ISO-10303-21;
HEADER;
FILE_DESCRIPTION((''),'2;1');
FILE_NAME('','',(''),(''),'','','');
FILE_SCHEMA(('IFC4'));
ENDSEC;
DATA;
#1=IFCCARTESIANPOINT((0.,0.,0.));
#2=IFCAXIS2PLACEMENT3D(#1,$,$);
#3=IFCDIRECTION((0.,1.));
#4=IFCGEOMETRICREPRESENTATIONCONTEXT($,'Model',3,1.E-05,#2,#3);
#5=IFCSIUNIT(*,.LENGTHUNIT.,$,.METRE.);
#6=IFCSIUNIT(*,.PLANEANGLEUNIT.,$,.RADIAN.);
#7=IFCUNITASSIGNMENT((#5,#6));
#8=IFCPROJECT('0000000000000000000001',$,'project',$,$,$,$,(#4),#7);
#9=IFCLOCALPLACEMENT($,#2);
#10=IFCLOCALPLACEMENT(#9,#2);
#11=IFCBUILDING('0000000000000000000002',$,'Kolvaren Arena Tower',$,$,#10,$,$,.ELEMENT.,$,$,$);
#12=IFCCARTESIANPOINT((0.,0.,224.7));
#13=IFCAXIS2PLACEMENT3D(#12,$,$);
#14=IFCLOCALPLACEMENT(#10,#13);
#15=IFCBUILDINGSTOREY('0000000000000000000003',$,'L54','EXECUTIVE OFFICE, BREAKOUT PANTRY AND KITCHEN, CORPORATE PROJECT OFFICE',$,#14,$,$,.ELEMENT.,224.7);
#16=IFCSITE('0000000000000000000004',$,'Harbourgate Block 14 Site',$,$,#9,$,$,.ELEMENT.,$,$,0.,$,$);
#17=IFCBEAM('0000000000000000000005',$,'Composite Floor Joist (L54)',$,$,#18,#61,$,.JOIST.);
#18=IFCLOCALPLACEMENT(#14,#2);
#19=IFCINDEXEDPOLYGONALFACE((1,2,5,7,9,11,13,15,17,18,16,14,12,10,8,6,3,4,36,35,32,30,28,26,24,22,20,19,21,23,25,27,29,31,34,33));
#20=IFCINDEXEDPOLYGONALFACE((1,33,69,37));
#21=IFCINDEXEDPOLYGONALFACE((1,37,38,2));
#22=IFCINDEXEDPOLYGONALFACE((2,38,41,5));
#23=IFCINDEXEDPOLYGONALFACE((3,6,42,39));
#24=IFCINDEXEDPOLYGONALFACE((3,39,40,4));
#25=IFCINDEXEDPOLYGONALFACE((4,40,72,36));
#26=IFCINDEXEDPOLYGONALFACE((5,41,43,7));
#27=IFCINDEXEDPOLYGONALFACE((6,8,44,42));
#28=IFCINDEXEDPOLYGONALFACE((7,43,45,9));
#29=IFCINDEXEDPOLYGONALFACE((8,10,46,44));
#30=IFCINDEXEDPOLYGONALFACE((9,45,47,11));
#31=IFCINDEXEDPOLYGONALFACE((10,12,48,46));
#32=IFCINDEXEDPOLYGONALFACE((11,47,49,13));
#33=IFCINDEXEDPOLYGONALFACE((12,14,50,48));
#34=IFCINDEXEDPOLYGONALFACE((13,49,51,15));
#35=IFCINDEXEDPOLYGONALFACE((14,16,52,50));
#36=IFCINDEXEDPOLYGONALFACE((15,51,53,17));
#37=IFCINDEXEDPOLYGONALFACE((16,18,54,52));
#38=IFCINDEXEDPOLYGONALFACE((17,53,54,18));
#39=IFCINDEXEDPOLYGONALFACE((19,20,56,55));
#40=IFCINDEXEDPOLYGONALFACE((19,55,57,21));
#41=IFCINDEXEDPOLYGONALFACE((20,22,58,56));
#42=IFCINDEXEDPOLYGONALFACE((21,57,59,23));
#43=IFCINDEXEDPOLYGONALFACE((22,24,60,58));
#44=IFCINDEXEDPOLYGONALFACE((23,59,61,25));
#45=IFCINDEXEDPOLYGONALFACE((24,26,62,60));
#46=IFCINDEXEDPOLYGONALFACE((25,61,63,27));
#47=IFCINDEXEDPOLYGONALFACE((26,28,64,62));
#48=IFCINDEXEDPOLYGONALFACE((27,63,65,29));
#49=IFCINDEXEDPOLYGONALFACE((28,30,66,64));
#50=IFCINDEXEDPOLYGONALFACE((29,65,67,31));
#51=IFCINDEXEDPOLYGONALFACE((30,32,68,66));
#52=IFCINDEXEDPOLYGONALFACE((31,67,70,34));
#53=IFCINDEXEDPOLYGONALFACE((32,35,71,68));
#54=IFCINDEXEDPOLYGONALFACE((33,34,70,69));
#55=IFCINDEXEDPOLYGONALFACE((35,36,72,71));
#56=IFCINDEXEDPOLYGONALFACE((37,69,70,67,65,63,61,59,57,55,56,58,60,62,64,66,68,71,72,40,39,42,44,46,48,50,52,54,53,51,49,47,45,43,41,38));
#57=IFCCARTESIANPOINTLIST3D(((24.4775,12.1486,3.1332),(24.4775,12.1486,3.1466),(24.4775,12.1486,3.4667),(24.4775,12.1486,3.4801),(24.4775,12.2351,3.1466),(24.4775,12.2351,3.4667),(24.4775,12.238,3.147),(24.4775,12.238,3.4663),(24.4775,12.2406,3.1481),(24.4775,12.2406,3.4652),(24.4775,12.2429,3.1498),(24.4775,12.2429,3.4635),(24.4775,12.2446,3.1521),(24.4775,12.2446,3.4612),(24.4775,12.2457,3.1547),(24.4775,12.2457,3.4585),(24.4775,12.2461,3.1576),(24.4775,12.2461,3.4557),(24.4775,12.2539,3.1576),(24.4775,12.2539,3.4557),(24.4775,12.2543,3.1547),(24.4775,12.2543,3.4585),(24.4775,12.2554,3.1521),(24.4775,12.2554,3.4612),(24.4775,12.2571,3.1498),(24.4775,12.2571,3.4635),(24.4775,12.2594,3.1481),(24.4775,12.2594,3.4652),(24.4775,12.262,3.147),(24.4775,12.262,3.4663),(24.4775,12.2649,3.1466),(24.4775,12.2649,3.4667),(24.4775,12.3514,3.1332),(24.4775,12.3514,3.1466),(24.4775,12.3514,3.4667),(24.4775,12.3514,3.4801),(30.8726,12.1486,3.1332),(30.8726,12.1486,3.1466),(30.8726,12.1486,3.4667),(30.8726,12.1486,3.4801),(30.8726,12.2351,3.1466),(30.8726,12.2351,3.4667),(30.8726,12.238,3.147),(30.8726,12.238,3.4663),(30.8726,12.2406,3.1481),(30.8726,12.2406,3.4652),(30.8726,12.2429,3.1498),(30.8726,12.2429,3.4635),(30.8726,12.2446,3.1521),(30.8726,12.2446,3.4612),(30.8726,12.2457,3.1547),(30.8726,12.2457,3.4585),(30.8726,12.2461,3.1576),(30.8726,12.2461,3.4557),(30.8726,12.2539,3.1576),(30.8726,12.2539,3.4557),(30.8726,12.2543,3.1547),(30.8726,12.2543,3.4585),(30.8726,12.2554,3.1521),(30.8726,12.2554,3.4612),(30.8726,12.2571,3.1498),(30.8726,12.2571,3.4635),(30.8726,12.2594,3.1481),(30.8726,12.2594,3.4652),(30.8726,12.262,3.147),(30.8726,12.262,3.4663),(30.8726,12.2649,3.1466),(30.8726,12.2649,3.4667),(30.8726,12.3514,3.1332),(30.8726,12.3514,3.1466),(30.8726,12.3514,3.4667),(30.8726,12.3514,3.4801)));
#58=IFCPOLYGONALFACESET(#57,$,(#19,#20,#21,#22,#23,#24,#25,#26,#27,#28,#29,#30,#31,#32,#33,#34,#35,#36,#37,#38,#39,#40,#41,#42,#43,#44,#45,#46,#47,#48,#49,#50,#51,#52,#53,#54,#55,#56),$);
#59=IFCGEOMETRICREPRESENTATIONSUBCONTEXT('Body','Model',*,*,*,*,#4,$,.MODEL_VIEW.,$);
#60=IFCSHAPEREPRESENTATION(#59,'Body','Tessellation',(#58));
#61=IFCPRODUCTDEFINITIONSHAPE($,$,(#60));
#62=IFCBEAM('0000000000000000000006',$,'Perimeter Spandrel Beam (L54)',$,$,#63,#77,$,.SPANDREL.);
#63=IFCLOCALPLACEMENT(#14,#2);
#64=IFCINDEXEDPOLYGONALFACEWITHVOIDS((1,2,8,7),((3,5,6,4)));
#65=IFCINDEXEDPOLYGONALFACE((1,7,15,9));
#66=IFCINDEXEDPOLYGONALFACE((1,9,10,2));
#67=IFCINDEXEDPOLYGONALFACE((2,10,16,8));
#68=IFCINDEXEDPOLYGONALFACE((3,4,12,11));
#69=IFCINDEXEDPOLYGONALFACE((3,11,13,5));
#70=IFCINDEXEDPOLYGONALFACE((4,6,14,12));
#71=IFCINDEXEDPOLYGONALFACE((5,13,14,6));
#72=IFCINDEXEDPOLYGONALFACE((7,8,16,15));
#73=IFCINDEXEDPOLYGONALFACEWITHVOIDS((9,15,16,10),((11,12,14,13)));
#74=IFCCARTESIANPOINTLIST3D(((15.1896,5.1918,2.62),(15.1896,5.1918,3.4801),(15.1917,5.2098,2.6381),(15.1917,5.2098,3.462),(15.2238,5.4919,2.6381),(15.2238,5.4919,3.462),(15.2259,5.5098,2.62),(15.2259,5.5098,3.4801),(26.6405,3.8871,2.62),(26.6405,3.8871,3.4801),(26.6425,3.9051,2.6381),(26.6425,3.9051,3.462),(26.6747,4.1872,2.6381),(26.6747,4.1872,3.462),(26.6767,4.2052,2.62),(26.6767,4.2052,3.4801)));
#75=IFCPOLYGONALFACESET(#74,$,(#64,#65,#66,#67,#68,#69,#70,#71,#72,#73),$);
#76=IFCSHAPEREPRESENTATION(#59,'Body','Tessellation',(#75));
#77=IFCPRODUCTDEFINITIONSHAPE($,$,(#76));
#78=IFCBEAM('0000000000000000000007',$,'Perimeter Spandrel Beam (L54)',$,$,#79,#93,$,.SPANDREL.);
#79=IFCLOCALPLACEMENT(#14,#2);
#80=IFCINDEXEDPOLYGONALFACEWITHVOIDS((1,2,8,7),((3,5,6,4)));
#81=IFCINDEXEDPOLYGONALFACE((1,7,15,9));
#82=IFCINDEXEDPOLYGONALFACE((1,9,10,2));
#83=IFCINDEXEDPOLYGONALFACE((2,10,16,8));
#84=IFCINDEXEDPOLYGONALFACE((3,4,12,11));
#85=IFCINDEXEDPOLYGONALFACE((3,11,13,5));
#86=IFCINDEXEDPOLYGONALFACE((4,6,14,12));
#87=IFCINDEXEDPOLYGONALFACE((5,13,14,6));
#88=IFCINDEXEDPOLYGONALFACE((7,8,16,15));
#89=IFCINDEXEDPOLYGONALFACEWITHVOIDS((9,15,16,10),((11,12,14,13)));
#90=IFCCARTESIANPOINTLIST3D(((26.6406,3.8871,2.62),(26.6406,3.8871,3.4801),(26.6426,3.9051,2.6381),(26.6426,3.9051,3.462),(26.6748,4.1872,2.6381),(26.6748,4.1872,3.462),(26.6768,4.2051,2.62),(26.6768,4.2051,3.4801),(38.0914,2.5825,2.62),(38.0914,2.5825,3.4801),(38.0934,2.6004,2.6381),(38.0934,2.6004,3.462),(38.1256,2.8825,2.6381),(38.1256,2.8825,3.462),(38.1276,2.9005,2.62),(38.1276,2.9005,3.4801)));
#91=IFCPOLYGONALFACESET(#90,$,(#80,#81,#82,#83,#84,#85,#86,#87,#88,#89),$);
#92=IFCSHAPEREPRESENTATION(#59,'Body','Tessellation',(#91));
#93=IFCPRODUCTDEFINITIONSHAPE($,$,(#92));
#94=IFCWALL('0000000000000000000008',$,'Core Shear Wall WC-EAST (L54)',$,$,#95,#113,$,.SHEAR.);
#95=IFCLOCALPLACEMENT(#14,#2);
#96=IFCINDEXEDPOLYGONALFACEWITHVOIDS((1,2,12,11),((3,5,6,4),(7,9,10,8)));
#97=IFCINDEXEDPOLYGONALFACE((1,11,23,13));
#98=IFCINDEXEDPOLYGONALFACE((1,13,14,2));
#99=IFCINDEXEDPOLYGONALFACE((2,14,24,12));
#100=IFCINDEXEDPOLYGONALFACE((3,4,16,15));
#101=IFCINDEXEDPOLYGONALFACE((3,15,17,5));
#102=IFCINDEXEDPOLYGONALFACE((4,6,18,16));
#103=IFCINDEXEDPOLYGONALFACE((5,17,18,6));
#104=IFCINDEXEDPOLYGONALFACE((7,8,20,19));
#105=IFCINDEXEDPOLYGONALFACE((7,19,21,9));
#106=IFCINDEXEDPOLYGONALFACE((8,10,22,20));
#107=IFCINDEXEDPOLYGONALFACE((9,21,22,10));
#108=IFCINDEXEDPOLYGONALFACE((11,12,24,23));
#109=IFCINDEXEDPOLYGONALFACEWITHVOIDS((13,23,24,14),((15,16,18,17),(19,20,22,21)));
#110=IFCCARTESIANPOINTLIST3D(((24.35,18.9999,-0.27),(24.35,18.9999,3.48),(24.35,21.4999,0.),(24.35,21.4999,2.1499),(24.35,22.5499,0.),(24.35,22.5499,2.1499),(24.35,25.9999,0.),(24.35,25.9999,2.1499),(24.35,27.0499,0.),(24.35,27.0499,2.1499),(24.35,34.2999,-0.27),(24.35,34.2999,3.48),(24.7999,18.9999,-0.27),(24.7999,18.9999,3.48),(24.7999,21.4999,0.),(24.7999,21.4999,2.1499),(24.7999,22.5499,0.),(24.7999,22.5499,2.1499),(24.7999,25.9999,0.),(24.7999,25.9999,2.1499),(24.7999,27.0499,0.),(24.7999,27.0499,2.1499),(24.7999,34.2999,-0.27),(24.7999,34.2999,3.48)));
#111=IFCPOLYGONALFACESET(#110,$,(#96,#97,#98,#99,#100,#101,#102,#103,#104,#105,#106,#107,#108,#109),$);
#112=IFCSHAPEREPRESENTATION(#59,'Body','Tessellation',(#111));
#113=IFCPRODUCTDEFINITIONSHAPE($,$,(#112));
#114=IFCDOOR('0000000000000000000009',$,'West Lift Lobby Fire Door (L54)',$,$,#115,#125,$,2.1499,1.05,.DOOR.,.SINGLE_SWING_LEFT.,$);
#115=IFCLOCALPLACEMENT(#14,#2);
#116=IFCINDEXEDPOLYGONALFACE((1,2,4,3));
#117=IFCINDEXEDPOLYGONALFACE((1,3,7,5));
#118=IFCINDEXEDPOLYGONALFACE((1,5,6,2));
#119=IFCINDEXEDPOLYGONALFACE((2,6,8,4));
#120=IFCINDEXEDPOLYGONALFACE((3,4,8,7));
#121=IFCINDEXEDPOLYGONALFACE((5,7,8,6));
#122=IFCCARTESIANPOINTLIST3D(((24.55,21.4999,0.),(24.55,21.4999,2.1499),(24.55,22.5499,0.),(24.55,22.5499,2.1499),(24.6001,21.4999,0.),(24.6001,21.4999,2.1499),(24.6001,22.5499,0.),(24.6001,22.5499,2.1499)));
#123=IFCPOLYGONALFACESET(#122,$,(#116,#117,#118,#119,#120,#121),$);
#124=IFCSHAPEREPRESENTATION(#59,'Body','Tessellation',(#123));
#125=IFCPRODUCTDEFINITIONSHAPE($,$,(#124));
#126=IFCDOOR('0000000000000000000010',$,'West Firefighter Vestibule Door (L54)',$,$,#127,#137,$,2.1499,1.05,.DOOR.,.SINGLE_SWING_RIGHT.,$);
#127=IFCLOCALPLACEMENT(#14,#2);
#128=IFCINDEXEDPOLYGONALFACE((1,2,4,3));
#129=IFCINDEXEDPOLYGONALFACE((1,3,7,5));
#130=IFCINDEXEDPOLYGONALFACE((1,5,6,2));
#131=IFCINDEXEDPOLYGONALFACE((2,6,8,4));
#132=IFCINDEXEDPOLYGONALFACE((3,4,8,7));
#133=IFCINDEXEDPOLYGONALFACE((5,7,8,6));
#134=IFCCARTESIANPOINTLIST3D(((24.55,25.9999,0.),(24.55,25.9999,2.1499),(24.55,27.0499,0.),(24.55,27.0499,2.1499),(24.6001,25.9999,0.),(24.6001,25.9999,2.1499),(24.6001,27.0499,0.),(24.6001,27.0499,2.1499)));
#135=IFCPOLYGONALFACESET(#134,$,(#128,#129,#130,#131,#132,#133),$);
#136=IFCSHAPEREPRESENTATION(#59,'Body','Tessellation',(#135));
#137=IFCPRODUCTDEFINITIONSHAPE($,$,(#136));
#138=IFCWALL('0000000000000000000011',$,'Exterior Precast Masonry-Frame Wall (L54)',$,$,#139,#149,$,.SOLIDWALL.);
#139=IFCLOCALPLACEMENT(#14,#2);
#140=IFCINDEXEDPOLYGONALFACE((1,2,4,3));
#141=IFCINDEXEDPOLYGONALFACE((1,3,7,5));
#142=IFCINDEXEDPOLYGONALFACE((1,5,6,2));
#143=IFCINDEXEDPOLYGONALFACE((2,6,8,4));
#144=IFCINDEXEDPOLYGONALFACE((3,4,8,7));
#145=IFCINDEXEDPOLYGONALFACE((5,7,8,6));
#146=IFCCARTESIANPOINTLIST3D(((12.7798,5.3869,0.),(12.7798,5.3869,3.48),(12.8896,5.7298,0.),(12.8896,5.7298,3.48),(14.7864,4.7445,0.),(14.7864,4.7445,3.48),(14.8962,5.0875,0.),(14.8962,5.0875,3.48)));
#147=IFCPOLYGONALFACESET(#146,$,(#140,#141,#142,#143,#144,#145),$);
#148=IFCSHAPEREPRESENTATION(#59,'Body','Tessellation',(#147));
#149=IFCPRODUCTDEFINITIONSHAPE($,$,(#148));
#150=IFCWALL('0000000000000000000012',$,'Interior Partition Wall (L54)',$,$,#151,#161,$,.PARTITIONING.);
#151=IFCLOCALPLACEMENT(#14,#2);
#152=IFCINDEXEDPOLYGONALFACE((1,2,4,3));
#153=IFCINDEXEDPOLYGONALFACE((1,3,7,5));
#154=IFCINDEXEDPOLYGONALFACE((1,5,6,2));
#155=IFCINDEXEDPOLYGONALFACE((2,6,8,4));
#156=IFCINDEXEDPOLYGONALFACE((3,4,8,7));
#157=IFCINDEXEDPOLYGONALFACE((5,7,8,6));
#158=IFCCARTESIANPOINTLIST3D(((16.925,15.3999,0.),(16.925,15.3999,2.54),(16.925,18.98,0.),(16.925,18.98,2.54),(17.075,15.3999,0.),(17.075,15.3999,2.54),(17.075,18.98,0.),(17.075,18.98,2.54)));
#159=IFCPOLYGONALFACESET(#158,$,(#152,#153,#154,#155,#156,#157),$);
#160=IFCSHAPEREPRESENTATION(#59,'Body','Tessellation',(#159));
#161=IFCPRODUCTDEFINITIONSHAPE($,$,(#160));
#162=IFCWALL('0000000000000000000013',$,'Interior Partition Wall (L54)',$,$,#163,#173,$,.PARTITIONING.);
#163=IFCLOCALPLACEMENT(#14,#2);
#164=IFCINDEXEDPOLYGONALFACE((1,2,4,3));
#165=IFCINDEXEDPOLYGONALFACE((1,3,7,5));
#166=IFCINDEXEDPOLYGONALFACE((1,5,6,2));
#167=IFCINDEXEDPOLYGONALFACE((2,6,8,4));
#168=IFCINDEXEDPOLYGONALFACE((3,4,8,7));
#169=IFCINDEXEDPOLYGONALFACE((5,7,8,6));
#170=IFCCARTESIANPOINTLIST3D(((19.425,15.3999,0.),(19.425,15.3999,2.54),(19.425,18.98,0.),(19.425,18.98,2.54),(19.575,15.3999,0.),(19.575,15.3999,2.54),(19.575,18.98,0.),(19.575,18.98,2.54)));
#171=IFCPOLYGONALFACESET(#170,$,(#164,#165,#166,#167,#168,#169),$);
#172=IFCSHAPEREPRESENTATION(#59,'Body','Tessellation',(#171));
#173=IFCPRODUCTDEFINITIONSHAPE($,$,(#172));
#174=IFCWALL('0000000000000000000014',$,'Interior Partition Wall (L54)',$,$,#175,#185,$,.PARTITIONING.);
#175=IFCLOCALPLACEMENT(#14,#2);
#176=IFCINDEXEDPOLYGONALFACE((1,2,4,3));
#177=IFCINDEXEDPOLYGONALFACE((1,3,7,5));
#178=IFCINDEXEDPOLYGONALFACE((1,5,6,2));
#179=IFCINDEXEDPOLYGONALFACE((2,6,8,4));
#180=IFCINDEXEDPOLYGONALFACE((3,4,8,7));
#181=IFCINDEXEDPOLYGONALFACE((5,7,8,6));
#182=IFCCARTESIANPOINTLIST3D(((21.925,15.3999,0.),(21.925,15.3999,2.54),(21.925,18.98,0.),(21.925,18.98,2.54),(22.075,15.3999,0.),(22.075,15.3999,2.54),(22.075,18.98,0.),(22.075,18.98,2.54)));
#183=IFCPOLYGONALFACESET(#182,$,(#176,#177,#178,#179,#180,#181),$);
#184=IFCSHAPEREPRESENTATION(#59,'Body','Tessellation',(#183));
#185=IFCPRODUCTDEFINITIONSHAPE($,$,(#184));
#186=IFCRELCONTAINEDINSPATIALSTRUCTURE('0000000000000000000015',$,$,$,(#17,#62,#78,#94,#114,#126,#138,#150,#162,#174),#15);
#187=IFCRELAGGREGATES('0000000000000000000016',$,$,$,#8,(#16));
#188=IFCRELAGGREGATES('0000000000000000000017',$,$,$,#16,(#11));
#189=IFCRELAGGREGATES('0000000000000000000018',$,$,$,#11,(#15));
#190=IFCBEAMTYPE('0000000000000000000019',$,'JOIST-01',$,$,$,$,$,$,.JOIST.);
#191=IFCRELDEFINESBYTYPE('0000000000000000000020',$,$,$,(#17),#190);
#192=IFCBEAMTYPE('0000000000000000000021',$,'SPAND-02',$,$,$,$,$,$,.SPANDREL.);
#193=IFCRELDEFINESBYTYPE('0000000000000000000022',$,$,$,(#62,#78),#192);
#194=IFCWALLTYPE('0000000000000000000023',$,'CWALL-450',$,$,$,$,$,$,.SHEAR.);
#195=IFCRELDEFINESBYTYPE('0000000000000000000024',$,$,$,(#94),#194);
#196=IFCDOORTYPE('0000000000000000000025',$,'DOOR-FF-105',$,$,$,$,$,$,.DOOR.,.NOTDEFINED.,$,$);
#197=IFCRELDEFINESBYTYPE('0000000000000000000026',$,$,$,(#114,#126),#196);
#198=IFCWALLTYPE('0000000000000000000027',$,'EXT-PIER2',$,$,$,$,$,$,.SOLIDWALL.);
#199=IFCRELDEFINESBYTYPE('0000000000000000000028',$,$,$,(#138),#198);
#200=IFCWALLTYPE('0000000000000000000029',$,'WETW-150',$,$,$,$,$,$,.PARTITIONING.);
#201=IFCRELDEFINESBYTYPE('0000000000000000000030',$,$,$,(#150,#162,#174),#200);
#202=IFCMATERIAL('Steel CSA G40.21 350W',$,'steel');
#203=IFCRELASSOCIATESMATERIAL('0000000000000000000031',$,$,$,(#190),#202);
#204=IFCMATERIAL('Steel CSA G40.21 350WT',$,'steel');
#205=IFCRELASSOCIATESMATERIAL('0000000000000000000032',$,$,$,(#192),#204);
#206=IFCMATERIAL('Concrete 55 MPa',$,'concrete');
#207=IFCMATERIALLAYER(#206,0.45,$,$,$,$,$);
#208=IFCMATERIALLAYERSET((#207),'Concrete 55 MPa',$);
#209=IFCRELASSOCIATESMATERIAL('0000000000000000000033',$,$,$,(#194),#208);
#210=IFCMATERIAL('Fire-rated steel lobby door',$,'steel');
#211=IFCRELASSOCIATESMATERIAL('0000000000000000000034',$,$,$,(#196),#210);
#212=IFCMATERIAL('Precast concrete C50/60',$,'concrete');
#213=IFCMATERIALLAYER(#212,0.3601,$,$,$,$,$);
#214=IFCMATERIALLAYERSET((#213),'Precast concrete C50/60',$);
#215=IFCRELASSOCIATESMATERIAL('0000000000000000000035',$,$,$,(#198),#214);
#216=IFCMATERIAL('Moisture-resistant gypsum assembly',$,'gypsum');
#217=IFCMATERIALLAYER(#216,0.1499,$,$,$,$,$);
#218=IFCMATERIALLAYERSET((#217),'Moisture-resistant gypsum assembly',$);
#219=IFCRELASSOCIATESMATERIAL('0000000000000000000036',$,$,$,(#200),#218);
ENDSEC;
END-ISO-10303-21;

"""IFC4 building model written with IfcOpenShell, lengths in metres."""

from ifc_helpers import new_model, si_unit, direction, frame, frame_2d, origin, origin_2d, place, context, subcontext, project, spatial, rectangle, hollow_rectangle, i_section, extrude, material, layer, layer_set, material_profile, profile_set, type_object, element, fill, save


model = new_model("IFC4")

# Units and contexts
model_context = context("Model", 3, precision=1e-05, world=origin(), true_north=direction((0.0, 1.0)))
body_context = subcontext(model_context, "Body", "Model", "MODEL_VIEW")
ifc_project = project(units=[si_unit("LENGTHUNIT", "METRE"), si_unit("PLANEANGLEUNIT", "RADIAN")], contexts=[model_context])

# Site, building, storey
site_placement = place(None, origin())
site = spatial("IfcSite", under=ifc_project, at=site_placement, Name="Harbourgate Block 14 Site", CompositionType="ELEMENT", RefElevation=0.0)
building_placement = place(site_placement, origin())
building = spatial("IfcBuilding", under=site, at=building_placement, Name="Kolvaren Arena Tower", CompositionType="ELEMENT")
storey_placement = place(building_placement, frame((0.0, 0.0, 224.7)))
storey = spatial("IfcBuildingStorey", under=building, at=storey_placement, Name="L54", Description="EXECUTIVE OFFICE, BREAKOUT PANTRY AND KITCHEN, CORPORATE PROJECT OFFICE", CompositionType="ELEMENT", Elevation=224.7)

# Beams
ifc_material_1 = material(Name="Steel CSA G40.21 350W", Category="steel")
ifc_material_profile_1 = material_profile(ifc_material_1, i_section(OverallWidth=0.2029, OverallDepth=0.3469, WebThickness=0.0078, FlangeThickness=0.0134, FilletRadius=0.011, at=origin_2d()), Name="W360x64")
ifc_profile_set_1 = profile_set([ifc_material_profile_1], Name="Steel CSA G40.21 350W")
beam_type_1 = type_object("IfcBeamType", Name="JOIST-01", PredefinedType="JOIST", material=ifc_profile_set_1)
for number, where, z_axis, x_axis, name in (
    (1, (24.4775, 12.25, 3.3066), (1.0, 0.0, 0.0), (0.0, 1.0, 0.0), "Composite Floor Joist (L54)"),
):
    element("IfcBeam", number, at=place(storey_placement, frame(where, z_axis=z_axis, x_axis=x_axis)), inside=storey, type_object=beam_type_1, Name=name, PredefinedType="JOIST", context=body_context, shape_type="SweptSolid", body=[
        extrude(i_section(OverallWidth=0.2029, OverallDepth=0.3469, WebThickness=0.0078, FlangeThickness=0.0134, FilletRadius=0.011, at=origin_2d()), origin(), (0.0, 0.0, 1.0), 6.395),
    ])
ifc_material_2 = material(Name="Steel CSA G40.21 350WT", Category="steel")
ifc_material_profile_2 = material_profile(ifc_material_2, hollow_rectangle(XDim=0.3201, YDim=0.8601, WallThickness=0.0181, at=origin_2d()), Name="HSS 860x320x18")
ifc_profile_set_2 = profile_set([ifc_material_profile_2], Name="Steel CSA G40.21 350WT")
beam_type_2 = type_object("IfcBeamType", Name="SPAND-02", PredefinedType="SPANDREL", material=ifc_profile_set_2)
for number, where, z_axis, x_axis, name in (
    (2, (15.2078, 5.3508, 3.05), (0.993572, -0.113205, 0.0), (0.113205, 0.993572, 0.0), "Perimeter Spandrel Beam (L54)"),
    (3, (26.6587, 4.0461, 3.05), (0.993572, -0.113205, 0.0), (0.113205, 0.993572, 0.0), "Perimeter Spandrel Beam (L54)"),
):
    element("IfcBeam", number, at=place(storey_placement, frame(where, z_axis=z_axis, x_axis=x_axis)), inside=storey, type_object=beam_type_2, Name=name, PredefinedType="SPANDREL", context=body_context, shape_type="SweptSolid", body=[
        extrude(hollow_rectangle(XDim=0.3201, YDim=0.8601, WallThickness=0.0181, at=origin_2d()), origin(), (0.0, 0.0, 1.0), 11.5249),
    ])

# Wall, openings, doors
ifc_material_3 = material(Name="Concrete 55 MPa", Category="concrete")
ifc_layer_1 = layer(ifc_material_3, 0.45)
ifc_layer_set_1 = layer_set([ifc_layer_1], Name="Concrete 55 MPa")
wall_type_1 = type_object("IfcWallType", Name="CWALL-450", PredefinedType="SHEAR", material=ifc_layer_set_1)
wall_1_placement = place(storey_placement, frame((24.575, 19.0, -0.27), z_axis=(0.0, 0.0, 1.0), x_axis=(0.0, 1.0, 0.0)))
wall_1 = element("IfcWall", 4, at=wall_1_placement, inside=storey, type_object=wall_type_1, Name="Core Shear Wall WC-EAST (L54)", PredefinedType="SHEAR", context=body_context, shape_type="SweptSolid", body=[
    extrude(rectangle(XDim=15.3, YDim=0.45, at=frame_2d((7.6499, 0.0))), origin(), (0.0, 0.0, 1.0), 3.75),
])
opening_1_placement = place(wall_1_placement, frame((2.5, 0.0, 0.27)))
opening_1 = element("IfcOpeningElement", 5, at=opening_1_placement, cuts=wall_1, PredefinedType="OPENING", context=body_context, shape_type="SweptSolid", body=[
    extrude(rectangle(XDim=1.05, YDim=2.1499, at=frame_2d((0.5249, 1.075))), frame((0.0, 0.2349, 0.0), z_axis=(0.0, -1.0, 0.0), x_axis=(1.0, 0.0, 0.0)), (0.0, 0.0, 1.0), 0.47),
])
opening_2_placement = place(wall_1_placement, frame((7.0, 0.0, 0.27)))
opening_2 = element("IfcOpeningElement", 6, at=opening_2_placement, cuts=wall_1, PredefinedType="OPENING", context=body_context, shape_type="SweptSolid", body=[
    extrude(rectangle(XDim=1.05, YDim=2.1499, at=frame_2d((0.5249, 1.075))), frame((0.0, 0.2349, 0.0), z_axis=(0.0, -1.0, 0.0), x_axis=(1.0, 0.0, 0.0)), (0.0, 0.0, 1.0), 0.47),
])
ifc_material_4 = material(Name="Fire-rated steel lobby door", Category="steel")
door_type = type_object("IfcDoorType", Name="DOOR-FF-105", OperationType="NOTDEFINED", PredefinedType="DOOR", material=ifc_material_4)
door_1_placement = place(opening_1_placement, origin())
door_1 = element("IfcDoor", 7, at=door_1_placement, inside=storey, type_object=door_type, Name="West Lift Lobby Fire Door (L54)", OperationType="SINGLE_SWING_LEFT", OverallHeight=2.1499, OverallWidth=1.05, PredefinedType="DOOR", context=body_context, shape_type="SweptSolid", body=[
    extrude(rectangle(XDim=1.05, YDim=2.1499, at=frame_2d((0.5249, 1.075))), frame((0.0, 0.0249, 0.0), z_axis=(0.0, -1.0, 0.0), x_axis=(1.0, 0.0, 0.0)), (0.0, 0.0, 1.0), 0.05),
])
fill(opening_1, door_1)
door_2_placement = place(opening_2_placement, origin())
door_2 = element("IfcDoor", 8, at=door_2_placement, inside=storey, type_object=door_type, Name="West Firefighter Vestibule Door (L54)", OperationType="SINGLE_SWING_RIGHT", OverallHeight=2.1499, OverallWidth=1.05, PredefinedType="DOOR", context=body_context, shape_type="SweptSolid", body=[
    extrude(rectangle(XDim=1.05, YDim=2.1499, at=frame_2d((0.5249, 1.075))), frame((0.0, 0.0249, 0.0), z_axis=(0.0, -1.0, 0.0), x_axis=(1.0, 0.0, 0.0)), (0.0, 0.0, 1.0), 0.05),
])
fill(opening_2, door_2)

# Walls
ifc_material_5 = material(Name="Precast concrete C50/60", Category="concrete")
ifc_layer_2 = layer(ifc_material_5, 0.3601)
ifc_layer_set_2 = layer_set([ifc_layer_2], Name="Precast concrete C50/60")
wall_type_2 = type_object("IfcWallType", Name="EXT-PIER2", PredefinedType="SOLIDWALL", material=ifc_layer_set_2)
wall_2_placement = place(storey_placement, frame((14.8413, 4.916, 0.0), z_axis=(0.0, 0.0, 1.0), x_axis=(-0.952393, 0.304872, 0.0)))
element("IfcWall", 9, at=wall_2_placement, inside=storey, type_object=wall_type_2, Name="Exterior Precast Masonry-Frame Wall (L54)", PredefinedType="SOLIDWALL", context=body_context, shape_type="SweptSolid", body=[
    extrude(rectangle(XDim=2.1069, YDim=0.3601, at=frame_2d((1.0535, 0.0))), origin(), (0.0, 0.0, 1.0), 3.48),
])
ifc_material_6 = material(Name="Moisture-resistant gypsum assembly", Category="gypsum")
ifc_layer_3 = layer(ifc_material_6, 0.1499)
ifc_layer_set_3 = layer_set([ifc_layer_3], Name="Moisture-resistant gypsum assembly")
wall_type_3 = type_object("IfcWallType", Name="WETW-150", PredefinedType="PARTITIONING", material=ifc_layer_set_3)
for number, where, z_axis, x_axis, name in (
    (10, (17.0, 15.3999, 0.0), (0.0, 0.0, 1.0), (0.0, 1.0, 0.0), "Interior Partition Wall (L54)"),
    (11, (19.5, 15.3999, 0.0), (0.0, 0.0, 1.0), (0.0, 1.0, 0.0), "Interior Partition Wall (L54)"),
    (12, (22.0, 15.3999, 0.0), (0.0, 0.0, 1.0), (0.0, 1.0, 0.0), "Interior Partition Wall (L54)"),
):
    element("IfcWall", number, at=place(storey_placement, frame(where, z_axis=z_axis, x_axis=x_axis)), inside=storey, type_object=wall_type_3, Name=name, PredefinedType="PARTITIONING", context=body_context, shape_type="SweptSolid", body=[
        extrude(rectangle(XDim=3.5801, YDim=0.1499, at=frame_2d((1.79, 0.0))), origin(), (0.0, 0.0, 1.0), 2.54),
    ])

save(model, "model.ifc")
